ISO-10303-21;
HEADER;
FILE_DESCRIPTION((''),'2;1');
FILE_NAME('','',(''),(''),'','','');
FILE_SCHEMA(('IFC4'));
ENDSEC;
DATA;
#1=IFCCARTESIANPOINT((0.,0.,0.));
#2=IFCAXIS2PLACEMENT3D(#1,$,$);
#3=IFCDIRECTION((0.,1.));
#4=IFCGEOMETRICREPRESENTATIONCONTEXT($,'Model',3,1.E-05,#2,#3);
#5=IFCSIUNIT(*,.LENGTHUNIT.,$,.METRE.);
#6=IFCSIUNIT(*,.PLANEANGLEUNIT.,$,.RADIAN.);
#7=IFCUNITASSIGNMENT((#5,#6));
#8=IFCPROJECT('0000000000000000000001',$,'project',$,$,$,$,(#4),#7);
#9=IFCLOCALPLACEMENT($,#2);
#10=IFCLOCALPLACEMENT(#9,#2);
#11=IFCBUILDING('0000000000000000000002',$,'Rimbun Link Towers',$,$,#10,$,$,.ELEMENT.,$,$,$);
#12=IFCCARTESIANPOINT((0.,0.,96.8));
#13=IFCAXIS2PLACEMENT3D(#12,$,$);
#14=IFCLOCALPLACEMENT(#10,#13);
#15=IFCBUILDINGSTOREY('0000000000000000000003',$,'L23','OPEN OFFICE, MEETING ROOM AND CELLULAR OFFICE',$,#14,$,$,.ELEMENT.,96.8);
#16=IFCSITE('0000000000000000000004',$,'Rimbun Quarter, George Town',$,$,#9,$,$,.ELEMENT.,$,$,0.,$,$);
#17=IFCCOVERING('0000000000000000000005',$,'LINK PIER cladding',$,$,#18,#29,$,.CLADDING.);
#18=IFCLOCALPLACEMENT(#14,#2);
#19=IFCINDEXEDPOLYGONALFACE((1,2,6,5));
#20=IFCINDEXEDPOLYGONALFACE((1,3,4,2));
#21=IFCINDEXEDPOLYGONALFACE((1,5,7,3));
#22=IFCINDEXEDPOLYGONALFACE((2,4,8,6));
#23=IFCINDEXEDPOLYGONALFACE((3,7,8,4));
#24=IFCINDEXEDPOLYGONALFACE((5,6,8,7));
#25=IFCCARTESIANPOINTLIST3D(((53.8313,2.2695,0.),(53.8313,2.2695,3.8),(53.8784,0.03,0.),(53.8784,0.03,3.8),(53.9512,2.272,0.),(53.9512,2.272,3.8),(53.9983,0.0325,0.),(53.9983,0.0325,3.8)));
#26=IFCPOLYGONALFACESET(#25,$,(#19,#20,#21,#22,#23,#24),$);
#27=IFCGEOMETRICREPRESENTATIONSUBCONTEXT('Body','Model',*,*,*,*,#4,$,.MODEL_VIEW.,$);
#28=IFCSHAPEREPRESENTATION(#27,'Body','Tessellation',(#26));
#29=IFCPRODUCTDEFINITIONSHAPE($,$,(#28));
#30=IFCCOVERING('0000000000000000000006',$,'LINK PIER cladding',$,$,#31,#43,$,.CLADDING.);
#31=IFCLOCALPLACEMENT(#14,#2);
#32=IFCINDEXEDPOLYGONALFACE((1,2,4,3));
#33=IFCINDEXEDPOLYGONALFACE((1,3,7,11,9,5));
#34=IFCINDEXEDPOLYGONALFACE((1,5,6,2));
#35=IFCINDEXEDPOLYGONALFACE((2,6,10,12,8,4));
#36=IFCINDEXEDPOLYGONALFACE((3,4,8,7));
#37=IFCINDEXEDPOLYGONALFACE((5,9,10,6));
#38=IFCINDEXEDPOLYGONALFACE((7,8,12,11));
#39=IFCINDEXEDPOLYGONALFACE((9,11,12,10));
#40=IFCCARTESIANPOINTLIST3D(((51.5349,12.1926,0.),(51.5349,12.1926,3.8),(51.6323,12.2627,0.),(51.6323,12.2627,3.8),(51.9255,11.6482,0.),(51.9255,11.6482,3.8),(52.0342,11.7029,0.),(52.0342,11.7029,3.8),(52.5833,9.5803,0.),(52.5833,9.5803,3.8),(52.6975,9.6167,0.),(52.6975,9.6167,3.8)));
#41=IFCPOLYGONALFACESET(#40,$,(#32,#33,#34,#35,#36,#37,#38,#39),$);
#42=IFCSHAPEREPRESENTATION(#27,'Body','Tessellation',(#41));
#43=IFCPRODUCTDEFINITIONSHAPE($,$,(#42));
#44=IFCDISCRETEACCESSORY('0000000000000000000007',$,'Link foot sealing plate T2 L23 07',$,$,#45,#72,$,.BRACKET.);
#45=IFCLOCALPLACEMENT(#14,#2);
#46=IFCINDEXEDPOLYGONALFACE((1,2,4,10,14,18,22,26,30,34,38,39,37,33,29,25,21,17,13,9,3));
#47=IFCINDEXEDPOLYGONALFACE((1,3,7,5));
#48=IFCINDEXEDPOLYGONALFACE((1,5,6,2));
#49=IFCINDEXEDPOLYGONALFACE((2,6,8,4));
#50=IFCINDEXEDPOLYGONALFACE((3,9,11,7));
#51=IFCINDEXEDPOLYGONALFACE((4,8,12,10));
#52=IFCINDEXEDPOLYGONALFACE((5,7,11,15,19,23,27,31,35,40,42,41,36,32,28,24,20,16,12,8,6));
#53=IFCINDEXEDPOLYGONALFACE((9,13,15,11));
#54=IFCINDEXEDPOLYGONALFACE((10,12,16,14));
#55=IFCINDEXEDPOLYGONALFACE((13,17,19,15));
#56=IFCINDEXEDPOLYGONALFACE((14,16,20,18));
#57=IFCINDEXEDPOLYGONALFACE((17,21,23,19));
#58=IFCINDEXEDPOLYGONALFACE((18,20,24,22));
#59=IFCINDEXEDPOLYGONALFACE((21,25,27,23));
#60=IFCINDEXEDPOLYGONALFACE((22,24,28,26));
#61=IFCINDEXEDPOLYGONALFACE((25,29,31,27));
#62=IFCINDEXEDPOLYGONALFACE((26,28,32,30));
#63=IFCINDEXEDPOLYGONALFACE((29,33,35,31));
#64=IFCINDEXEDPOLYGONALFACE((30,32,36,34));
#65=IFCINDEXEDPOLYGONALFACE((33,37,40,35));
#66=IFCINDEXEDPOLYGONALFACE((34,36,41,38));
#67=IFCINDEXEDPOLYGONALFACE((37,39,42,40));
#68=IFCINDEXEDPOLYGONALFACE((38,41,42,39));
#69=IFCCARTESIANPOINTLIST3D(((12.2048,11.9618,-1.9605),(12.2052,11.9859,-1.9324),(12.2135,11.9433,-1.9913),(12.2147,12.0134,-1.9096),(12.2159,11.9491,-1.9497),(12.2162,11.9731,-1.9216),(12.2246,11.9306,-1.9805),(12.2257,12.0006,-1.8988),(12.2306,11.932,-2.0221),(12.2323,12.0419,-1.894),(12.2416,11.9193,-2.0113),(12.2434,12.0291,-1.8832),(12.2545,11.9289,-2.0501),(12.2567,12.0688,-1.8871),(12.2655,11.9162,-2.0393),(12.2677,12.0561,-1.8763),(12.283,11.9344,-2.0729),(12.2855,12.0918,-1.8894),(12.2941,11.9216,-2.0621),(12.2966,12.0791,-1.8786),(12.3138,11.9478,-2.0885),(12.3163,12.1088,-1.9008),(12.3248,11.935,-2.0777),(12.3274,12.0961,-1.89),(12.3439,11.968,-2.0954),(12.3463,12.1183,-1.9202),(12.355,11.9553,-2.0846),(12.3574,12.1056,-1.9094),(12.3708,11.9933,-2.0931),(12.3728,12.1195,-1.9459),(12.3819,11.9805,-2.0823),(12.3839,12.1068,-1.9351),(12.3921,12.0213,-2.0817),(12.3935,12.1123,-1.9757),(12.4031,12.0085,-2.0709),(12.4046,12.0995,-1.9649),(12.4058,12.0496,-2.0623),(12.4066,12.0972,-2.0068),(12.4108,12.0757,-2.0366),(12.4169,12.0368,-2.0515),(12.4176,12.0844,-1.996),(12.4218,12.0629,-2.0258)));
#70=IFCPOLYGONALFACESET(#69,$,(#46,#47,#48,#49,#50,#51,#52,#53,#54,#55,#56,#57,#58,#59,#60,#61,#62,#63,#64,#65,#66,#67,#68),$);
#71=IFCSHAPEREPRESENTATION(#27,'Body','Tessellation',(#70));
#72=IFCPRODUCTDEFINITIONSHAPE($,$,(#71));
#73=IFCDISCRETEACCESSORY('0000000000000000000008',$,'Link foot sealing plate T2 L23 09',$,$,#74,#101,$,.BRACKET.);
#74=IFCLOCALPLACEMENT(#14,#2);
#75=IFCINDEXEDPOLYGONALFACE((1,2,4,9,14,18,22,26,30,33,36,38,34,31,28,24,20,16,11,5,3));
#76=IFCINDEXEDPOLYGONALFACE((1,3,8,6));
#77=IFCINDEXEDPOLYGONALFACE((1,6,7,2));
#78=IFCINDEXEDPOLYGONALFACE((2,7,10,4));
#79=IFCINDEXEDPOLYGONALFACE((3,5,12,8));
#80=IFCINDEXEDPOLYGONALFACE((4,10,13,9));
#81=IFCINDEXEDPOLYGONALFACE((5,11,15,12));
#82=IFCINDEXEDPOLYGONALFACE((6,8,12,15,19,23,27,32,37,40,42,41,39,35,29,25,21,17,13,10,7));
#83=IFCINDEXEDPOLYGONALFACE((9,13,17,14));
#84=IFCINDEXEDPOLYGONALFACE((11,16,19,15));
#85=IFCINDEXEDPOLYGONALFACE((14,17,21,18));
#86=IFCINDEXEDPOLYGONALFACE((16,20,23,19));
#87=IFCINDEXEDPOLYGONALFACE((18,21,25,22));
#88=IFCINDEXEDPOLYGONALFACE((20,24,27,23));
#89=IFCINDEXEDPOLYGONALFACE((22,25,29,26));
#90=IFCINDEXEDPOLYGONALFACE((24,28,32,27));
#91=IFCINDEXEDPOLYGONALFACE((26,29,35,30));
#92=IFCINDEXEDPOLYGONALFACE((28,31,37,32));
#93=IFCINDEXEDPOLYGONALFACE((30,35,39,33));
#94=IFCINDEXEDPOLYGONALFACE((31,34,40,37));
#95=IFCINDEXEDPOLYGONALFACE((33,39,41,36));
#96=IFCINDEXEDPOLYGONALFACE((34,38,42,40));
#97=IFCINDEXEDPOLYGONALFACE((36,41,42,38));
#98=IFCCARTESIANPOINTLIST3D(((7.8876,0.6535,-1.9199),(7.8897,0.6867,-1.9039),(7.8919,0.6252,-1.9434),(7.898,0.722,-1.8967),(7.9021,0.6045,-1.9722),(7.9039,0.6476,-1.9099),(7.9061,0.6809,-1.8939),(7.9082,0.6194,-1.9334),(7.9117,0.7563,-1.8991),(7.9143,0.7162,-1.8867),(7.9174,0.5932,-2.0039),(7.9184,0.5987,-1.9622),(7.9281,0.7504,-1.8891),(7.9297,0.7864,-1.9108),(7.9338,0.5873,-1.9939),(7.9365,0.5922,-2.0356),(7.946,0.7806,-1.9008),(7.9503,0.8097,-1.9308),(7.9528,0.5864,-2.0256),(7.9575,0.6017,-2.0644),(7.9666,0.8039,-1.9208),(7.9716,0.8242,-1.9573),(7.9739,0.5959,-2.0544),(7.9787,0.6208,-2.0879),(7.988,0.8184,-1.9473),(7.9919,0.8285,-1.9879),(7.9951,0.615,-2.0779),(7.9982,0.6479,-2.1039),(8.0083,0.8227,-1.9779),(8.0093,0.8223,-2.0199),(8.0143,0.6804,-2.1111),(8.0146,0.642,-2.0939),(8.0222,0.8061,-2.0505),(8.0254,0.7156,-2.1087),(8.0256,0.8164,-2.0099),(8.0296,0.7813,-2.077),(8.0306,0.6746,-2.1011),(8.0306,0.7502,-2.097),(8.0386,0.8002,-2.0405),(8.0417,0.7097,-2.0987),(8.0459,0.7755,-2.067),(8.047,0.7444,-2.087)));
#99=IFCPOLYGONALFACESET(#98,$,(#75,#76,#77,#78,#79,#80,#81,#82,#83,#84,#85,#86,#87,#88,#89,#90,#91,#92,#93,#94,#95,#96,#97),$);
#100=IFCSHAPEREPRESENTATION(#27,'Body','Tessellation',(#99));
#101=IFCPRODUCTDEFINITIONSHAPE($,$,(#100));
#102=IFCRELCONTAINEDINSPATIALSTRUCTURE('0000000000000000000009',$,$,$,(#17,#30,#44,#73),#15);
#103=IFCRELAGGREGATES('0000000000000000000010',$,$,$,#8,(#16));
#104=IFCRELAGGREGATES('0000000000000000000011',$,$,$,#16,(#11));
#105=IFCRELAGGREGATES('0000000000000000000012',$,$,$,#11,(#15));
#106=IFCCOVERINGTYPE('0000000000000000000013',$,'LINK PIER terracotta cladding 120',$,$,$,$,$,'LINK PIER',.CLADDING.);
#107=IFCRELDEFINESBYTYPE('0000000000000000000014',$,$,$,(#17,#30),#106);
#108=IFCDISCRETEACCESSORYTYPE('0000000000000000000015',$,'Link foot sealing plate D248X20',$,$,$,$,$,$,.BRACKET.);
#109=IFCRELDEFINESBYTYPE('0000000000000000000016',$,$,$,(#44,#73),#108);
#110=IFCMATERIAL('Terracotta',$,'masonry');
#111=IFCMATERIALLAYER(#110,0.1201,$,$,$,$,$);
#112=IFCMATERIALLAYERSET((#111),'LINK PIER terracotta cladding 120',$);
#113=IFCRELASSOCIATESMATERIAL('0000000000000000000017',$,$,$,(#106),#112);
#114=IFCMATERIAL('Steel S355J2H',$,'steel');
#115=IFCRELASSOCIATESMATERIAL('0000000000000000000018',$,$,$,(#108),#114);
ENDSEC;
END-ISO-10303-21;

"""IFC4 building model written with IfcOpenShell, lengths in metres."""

from ifc_helpers import new_model, si_unit, direction, frame, origin, origin_2d, place, context, subcontext, project, spatial, polyline, circle, outline, extrude, material, layer, layer_set, material_profile, profile_set, type_object, element, save


model = new_model("IFC4")

# Units and contexts
model_context = context("Model", 3, precision=1e-05, world=origin(), true_north=direction((0.0, 1.0)))
body_context = subcontext(model_context, "Body", "Model", "MODEL_VIEW")
ifc_project = project(units=[si_unit("LENGTHUNIT", "METRE"), si_unit("PLANEANGLEUNIT", "RADIAN")], contexts=[model_context])

# Site, building, storey
site_placement = place(None, origin())
site = spatial("IfcSite", under=ifc_project, at=site_placement, Name="Rimbun Quarter, George Town", CompositionType="ELEMENT", RefElevation=0.0)
building_placement = place(site_placement, origin())
building = spatial("IfcBuilding", under=site, at=building_placement, Name="Rimbun Link Towers", CompositionType="ELEMENT")
storey_placement = place(building_placement, frame((0.0, 0.0, 96.8)))
storey = spatial("IfcBuildingStorey", under=building, at=storey_placement, Name="L23", Description="OPEN OFFICE, MEETING ROOM AND CELLULAR OFFICE", CompositionType="ELEMENT", Elevation=96.8)

# Coverings
ifc_material_1 = material(Name="Terracotta", Category="masonry")
ifc_layer_1 = layer(ifc_material_1, 0.1201)
ifc_layer_set_1 = layer_set([ifc_layer_1], Name="LINK PIER terracotta cladding 120")
covering_type_1 = type_object("IfcCoveringType", Name="LINK PIER terracotta cladding 120", ElementType="LINK PIER", PredefinedType="CLADDING", material=ifc_layer_set_1)
covering_1_placement = place(storey_placement, origin())
element("IfcCovering", 1, at=covering_1_placement, inside=storey, type_object=covering_type_1, Name="LINK PIER cladding", PredefinedType="CLADDING", context=body_context, shape_type="SweptSolid", body=[
    extrude(outline(polyline([(53.8313, 2.2695), (53.8784, 0.03), (53.9983, 0.0325), (53.9512, 2.272), (53.8313, 2.2695)])), origin(), (0.0, 0.0, 1.0), 3.8),
])
covering_2_placement = place(storey_placement, origin())
element("IfcCovering", 2, at=covering_2_placement, inside=storey, type_object=covering_type_1, Name="LINK PIER cladding", PredefinedType="CLADDING", context=body_context, shape_type="SweptSolid", body=[
    extrude(outline(polyline([(51.5349, 12.1926), (51.9255, 11.6482), (52.5833, 9.5803), (52.6975, 9.6167), (52.0342, 11.7029), (51.6323, 12.2627), (51.5349, 12.1926)])), origin(), (0.0, 0.0, 1.0), 3.8),
])

# Discrete accessories
ifc_material_2 = material(Name="Steel S355J2H", Category="steel")
ifc_material_profile_1 = material_profile(ifc_material_2, circle(Radius=0.124, at=origin_2d()), Name="PL D248")
ifc_profile_set_1 = profile_set([ifc_material_profile_1], Name="Steel S355J2H")
discrete_accessory_type = type_object("IfcDiscreteAccessoryType", Name="Link foot sealing plate D248X20", PredefinedType="BRACKET", material=ifc_profile_set_1)
for number, where, z_axis, x_axis, name in (
    (3, (12.3184, 12.0117, -1.9805), (-0.551204, 0.636947, -0.538955), (-0.756169, -0.654377, 0.0), "Link foot sealing plate T2 L23 07"),
    (4, (7.9756, 0.7041, -1.9939), (-0.81574, 0.292205, -0.499184), (-0.337226, -0.941424, 0.0), "Link foot sealing plate T2 L23 09"),
):
    element("IfcDiscreteAccessory", number, at=place(storey_placement, frame(where, z_axis=z_axis, x_axis=x_axis)), inside=storey, type_object=discrete_accessory_type, Name=name, PredefinedType="BRACKET", context=body_context, shape_type="SweptSolid", body=[
        extrude(circle(Radius=0.124, at=origin_2d()), origin(), (0.0, 0.0, 1.0), 0.02),
    ])

save(model, "model.ifc")
